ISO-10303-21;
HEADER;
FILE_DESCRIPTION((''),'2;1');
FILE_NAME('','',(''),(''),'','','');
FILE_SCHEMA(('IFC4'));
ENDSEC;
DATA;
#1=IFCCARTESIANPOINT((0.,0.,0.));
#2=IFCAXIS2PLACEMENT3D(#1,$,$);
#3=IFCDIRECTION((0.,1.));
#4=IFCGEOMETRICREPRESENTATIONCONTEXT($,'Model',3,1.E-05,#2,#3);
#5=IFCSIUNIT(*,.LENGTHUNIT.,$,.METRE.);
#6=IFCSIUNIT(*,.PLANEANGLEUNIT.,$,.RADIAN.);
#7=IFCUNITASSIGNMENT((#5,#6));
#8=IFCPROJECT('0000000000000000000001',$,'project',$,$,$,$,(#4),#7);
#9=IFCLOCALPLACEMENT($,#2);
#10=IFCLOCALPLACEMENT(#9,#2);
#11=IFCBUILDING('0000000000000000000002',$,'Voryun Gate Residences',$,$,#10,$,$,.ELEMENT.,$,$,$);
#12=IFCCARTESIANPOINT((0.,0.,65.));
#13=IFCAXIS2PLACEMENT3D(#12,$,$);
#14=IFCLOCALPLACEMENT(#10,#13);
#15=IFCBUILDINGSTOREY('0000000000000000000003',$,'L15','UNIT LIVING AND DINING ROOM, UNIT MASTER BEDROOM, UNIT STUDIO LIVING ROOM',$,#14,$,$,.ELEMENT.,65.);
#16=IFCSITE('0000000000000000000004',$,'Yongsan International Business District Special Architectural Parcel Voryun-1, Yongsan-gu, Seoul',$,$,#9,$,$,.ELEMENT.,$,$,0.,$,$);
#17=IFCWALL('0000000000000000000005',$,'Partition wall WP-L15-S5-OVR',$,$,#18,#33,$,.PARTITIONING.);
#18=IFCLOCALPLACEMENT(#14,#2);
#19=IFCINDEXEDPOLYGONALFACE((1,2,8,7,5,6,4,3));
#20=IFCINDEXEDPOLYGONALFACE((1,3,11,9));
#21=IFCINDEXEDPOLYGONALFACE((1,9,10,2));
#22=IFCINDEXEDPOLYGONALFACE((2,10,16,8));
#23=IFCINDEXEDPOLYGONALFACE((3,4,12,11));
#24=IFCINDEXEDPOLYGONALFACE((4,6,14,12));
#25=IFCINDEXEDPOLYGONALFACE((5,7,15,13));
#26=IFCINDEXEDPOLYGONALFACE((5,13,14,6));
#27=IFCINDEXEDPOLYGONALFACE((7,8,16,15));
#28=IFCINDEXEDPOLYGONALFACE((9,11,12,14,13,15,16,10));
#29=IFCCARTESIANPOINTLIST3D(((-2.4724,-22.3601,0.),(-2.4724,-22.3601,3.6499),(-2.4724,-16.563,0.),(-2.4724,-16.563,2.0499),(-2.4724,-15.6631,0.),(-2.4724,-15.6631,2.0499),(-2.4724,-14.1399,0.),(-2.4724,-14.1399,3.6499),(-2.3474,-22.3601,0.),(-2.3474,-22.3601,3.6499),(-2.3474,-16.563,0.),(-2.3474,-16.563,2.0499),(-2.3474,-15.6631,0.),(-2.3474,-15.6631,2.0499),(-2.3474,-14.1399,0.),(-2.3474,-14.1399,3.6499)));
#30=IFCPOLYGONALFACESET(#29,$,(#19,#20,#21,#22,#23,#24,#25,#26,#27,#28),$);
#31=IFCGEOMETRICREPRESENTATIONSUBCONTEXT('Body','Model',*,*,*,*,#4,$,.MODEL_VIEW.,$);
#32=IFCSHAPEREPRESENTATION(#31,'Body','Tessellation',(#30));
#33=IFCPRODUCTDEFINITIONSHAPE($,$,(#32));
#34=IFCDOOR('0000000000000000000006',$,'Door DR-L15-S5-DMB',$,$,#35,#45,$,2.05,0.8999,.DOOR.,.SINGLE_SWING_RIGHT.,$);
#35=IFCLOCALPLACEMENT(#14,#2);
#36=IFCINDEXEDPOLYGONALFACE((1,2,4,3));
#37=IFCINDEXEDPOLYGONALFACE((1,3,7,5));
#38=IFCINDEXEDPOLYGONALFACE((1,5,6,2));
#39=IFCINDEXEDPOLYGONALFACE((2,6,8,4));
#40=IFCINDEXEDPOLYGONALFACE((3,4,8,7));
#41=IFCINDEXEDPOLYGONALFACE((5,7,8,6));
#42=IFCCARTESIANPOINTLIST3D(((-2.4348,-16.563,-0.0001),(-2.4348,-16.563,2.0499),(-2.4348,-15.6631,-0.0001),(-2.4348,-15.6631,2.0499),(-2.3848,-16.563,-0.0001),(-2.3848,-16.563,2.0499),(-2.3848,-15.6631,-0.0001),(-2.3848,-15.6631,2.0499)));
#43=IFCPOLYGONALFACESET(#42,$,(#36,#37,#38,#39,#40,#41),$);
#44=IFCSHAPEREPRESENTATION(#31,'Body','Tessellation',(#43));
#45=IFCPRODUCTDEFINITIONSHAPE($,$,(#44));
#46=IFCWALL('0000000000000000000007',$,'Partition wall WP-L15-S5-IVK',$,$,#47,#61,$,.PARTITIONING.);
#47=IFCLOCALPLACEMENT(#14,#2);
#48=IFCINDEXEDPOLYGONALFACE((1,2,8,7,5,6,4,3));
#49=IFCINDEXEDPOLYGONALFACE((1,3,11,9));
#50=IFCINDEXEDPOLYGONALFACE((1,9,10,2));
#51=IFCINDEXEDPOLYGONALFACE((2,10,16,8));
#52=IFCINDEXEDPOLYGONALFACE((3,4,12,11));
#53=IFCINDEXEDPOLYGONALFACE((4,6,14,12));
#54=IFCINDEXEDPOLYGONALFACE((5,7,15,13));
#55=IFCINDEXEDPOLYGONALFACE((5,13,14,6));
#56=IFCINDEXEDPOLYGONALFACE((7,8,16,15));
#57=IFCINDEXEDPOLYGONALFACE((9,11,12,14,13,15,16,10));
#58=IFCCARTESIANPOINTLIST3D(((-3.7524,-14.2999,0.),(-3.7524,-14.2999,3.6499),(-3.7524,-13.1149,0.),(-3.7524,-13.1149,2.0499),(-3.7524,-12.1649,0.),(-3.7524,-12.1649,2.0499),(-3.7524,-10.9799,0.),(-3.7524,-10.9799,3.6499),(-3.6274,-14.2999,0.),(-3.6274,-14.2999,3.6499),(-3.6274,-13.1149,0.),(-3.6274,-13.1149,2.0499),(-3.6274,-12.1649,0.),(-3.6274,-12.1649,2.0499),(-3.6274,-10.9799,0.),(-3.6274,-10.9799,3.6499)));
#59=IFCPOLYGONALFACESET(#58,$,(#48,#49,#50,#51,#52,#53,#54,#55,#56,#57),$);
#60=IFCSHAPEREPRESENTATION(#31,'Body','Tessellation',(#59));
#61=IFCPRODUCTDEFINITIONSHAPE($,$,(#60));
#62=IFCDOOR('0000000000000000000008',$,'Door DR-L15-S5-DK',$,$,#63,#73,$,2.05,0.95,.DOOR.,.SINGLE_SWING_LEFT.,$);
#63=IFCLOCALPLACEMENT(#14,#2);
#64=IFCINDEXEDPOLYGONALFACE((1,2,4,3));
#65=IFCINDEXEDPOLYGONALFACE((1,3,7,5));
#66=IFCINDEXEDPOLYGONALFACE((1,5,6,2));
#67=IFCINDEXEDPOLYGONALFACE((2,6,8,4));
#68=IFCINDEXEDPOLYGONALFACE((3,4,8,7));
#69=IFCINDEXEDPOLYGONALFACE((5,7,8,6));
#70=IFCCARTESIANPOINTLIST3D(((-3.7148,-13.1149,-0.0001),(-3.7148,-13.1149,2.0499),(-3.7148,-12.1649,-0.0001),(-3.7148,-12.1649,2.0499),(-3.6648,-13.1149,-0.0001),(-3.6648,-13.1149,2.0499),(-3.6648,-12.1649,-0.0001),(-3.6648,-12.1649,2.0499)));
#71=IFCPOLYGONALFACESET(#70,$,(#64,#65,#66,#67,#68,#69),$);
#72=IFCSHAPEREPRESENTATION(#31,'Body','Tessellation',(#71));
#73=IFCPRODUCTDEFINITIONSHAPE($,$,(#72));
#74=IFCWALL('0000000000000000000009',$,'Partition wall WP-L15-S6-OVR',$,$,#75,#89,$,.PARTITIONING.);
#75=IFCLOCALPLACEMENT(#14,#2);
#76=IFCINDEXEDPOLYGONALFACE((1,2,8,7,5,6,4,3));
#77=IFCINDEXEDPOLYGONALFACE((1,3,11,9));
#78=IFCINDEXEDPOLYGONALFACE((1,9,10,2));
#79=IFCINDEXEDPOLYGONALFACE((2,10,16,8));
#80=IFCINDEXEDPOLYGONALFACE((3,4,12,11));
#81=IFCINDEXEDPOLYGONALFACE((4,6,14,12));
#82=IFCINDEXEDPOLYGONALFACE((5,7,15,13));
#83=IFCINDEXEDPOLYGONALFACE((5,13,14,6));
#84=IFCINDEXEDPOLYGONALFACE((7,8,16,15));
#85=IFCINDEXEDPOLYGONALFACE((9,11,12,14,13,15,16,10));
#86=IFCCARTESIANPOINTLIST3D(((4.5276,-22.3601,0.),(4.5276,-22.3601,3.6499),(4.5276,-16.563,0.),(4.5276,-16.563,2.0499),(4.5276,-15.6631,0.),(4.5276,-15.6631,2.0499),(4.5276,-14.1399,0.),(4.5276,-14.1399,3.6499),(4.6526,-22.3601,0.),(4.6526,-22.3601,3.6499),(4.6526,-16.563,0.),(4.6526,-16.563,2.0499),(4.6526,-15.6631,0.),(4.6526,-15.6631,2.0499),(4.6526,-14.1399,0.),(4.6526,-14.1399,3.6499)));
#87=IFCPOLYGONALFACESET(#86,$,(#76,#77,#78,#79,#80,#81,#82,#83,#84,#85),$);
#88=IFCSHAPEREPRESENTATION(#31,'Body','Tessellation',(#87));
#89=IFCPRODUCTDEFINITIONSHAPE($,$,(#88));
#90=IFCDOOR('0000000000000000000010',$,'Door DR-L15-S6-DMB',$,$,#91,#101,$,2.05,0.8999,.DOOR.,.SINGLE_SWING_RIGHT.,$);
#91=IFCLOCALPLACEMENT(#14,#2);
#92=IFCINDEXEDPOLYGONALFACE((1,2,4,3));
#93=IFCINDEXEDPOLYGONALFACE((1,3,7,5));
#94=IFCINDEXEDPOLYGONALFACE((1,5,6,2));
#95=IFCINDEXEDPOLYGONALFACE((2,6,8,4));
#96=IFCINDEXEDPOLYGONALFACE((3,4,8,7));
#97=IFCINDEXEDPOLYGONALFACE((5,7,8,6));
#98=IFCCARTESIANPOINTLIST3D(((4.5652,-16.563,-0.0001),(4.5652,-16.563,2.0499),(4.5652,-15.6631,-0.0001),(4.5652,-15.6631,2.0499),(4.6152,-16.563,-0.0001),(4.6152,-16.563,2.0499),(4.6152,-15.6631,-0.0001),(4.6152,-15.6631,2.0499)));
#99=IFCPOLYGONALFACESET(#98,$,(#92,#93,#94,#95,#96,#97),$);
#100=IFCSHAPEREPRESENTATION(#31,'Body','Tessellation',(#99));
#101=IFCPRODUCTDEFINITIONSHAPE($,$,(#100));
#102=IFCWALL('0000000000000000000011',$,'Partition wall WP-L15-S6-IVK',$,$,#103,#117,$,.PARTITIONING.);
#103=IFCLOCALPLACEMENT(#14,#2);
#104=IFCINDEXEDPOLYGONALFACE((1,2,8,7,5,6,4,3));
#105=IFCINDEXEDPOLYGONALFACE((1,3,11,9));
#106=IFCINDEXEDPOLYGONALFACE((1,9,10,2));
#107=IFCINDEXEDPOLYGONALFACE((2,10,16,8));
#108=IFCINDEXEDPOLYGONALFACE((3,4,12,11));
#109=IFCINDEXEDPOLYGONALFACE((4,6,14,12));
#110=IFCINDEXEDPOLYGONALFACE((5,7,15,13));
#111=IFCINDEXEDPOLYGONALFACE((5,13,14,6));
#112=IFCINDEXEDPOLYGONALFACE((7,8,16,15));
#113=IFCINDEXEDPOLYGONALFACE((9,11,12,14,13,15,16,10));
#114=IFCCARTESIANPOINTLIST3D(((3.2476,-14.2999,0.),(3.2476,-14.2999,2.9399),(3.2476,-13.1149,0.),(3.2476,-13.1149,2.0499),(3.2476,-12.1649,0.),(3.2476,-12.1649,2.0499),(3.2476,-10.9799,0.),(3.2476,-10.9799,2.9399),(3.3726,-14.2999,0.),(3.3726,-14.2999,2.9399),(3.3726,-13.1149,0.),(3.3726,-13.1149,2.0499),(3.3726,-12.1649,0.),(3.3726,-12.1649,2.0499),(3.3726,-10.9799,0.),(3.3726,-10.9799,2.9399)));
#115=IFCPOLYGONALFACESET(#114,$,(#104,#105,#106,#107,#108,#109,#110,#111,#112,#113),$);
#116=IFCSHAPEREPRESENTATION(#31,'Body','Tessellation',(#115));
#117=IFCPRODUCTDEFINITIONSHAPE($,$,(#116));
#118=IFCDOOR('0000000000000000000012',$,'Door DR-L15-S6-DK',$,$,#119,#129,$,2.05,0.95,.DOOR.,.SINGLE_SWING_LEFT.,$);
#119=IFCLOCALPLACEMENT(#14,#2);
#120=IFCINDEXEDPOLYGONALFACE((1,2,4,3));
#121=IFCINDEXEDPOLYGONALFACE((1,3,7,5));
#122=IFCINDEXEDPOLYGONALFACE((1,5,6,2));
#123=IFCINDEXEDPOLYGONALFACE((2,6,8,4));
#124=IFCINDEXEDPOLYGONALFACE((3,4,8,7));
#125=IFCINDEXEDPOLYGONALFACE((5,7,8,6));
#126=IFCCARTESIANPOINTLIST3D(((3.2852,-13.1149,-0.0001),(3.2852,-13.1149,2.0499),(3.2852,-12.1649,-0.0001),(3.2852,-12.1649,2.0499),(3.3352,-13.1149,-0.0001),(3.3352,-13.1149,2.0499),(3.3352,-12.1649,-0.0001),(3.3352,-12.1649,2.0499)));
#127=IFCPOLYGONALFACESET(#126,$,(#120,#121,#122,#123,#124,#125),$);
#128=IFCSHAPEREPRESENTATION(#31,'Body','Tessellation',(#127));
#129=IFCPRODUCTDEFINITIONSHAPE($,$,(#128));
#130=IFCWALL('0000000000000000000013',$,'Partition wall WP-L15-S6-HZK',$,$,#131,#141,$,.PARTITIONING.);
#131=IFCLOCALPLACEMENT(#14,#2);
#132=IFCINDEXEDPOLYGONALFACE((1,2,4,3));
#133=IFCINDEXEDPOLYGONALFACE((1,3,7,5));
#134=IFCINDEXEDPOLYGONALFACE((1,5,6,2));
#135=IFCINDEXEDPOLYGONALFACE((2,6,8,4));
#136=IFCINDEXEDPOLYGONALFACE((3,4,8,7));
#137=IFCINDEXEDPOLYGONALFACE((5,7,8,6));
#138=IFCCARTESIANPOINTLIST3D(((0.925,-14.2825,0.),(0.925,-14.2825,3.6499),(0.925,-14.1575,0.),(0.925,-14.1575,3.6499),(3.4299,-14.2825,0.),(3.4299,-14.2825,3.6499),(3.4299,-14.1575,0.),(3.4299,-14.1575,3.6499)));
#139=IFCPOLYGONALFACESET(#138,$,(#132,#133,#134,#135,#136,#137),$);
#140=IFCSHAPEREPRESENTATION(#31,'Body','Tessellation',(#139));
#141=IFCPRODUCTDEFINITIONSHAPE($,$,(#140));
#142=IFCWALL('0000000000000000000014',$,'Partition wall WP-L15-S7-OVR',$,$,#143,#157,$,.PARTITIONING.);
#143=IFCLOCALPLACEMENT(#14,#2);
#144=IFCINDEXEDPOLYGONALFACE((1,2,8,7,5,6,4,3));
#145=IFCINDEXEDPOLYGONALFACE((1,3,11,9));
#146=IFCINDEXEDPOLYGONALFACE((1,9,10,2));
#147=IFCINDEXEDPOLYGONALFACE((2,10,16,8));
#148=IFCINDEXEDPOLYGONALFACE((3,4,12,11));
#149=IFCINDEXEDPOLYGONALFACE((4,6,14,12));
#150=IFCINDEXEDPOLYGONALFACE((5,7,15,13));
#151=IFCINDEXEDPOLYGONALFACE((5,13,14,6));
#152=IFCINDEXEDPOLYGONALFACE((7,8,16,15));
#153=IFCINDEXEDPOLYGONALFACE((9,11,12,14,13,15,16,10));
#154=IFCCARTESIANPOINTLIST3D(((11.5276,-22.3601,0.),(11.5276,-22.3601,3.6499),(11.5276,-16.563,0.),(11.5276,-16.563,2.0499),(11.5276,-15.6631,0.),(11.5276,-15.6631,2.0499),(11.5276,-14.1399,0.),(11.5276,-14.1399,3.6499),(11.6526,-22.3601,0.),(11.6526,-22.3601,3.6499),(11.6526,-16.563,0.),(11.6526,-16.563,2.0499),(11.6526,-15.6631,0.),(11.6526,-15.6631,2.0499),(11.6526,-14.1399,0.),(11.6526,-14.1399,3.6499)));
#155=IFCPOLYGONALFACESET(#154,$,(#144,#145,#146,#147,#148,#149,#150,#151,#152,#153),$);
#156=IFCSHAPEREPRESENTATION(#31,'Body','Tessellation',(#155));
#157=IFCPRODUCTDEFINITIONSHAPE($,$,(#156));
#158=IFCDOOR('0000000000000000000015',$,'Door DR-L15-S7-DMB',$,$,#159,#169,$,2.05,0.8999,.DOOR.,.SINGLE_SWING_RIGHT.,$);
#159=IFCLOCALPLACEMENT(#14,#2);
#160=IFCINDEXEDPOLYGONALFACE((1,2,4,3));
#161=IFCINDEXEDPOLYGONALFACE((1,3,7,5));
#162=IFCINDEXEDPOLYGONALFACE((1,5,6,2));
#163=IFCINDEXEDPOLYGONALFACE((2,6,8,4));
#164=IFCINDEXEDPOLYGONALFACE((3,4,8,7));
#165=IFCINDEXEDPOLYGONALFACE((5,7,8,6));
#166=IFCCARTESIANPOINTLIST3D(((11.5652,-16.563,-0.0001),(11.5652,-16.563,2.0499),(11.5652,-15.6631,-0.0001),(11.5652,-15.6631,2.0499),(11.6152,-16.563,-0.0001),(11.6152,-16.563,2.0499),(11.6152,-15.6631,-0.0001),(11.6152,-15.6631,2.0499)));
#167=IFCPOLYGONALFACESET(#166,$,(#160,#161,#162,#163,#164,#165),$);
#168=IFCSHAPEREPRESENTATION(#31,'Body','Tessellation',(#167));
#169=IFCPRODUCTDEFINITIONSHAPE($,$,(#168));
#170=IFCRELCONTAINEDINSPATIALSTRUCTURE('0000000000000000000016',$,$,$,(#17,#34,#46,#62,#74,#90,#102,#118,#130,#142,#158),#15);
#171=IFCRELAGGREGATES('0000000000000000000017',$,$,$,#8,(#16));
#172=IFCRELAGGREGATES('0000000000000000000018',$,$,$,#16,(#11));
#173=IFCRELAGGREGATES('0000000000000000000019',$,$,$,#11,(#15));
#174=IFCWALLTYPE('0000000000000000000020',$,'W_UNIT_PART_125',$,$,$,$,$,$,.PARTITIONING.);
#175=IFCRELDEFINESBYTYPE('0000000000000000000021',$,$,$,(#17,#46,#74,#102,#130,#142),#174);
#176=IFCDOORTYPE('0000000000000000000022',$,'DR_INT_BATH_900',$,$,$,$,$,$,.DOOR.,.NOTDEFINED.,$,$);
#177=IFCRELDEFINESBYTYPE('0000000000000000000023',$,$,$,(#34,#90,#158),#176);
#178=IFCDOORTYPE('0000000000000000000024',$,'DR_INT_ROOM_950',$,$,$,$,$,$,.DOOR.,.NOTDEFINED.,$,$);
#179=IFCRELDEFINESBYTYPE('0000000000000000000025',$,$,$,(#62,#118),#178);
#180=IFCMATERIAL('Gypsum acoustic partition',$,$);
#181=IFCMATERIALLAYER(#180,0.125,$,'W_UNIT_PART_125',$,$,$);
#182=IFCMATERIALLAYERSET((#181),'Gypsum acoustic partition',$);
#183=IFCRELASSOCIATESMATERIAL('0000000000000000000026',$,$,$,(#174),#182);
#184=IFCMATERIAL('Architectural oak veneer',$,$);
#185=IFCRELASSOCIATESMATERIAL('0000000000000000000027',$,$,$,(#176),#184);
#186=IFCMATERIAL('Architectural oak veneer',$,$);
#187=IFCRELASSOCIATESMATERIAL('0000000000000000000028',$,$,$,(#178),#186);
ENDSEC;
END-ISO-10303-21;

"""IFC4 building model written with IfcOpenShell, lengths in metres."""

from ifc_helpers import new_model, si_unit, direction, frame, frame_2d, origin, place, context, subcontext, project, spatial, rectangle, extrude, material, layer, layer_set, type_object, element, fill, save


model = new_model("IFC4")

# Units and contexts
model_context = context("Model", 3, precision=1e-05, world=origin(), true_north=direction((0.0, 1.0)))
body_context = subcontext(model_context, "Body", "Model", "MODEL_VIEW")
ifc_project = project(units=[si_unit("LENGTHUNIT", "METRE"), si_unit("PLANEANGLEUNIT", "RADIAN")], contexts=[model_context])

# Site, building, storey
site_placement = place(None, origin())
site = spatial("IfcSite", under=ifc_project, at=site_placement, Name="Yongsan International Business District Special Architectural Parcel Voryun-1, Yongsan-gu, Seoul", CompositionType="ELEMENT", RefElevation=0.0)
building_placement = place(site_placement, origin())
building = spatial("IfcBuilding", under=site, at=building_placement, Name="Voryun Gate Residences", CompositionType="ELEMENT")
storey_placement = place(building_placement, frame((0.0, 0.0, 65.0)))
storey = spatial("IfcBuildingStorey", under=building, at=storey_placement, Name="L15", Description="UNIT LIVING AND DINING ROOM, UNIT MASTER BEDROOM, UNIT STUDIO LIVING ROOM", CompositionType="ELEMENT", Elevation=65.0)

# Walls, openings, doors
ifc_material_1 = material(Name="Gypsum acoustic partition")
ifc_layer_1 = layer(ifc_material_1, 0.125, Name="W_UNIT_PART_125")
ifc_layer_set_1 = layer_set([ifc_layer_1], Name="Gypsum acoustic partition")
wall_type_1 = type_object("IfcWallType", Name="W_UNIT_PART_125", PredefinedType="PARTITIONING", material=ifc_layer_set_1)
wall_1_placement = place(storey_placement, frame((-2.4099, -22.3601, 0.0), z_axis=(0.0, 0.0, 1.0), x_axis=(0.0, 1.0, 0.0)))
wall_1 = element("IfcWall", 1, at=wall_1_placement, inside=storey, type_object=wall_type_1, Name="Partition wall WP-L15-S5-OVR", PredefinedType="PARTITIONING", context=body_context, shape_type="SweptSolid", body=[
    extrude(rectangle(XDim=8.2202, YDim=0.125, at=frame_2d((4.1101, 0.0))), origin(), (0.0, 0.0, 1.0), 3.6499),
])
opening_1_placement = place(wall_1_placement, frame((5.7971, 0.0, 0.0)))
opening_1 = element("IfcOpeningElement", 2, at=opening_1_placement, cuts=wall_1, PredefinedType="OPENING", context=body_context, shape_type="SweptSolid", body=[
    extrude(rectangle(XDim=0.8999, YDim=2.05, at=frame_2d((0.45, 1.0249))), frame((0.0, 0.0725, 0.0), z_axis=(0.0, -1.0, 0.0), x_axis=(1.0, 0.0, 0.0)), (0.0, 0.0, 1.0), 0.145),
])
ifc_material_2 = material(Name="Architectural oak veneer")
door_type_1 = type_object("IfcDoorType", Name="DR_INT_BATH_900", OperationType="NOTDEFINED", PredefinedType="DOOR", material=ifc_material_2)
door_1_placement = place(opening_1_placement, origin())
door_1 = element("IfcDoor", 3, at=door_1_placement, inside=storey, type_object=door_type_1, Name="Door DR-L15-S5-DMB", OperationType="SINGLE_SWING_RIGHT", OverallHeight=2.05, OverallWidth=0.8999, PredefinedType="DOOR", context=body_context, shape_type="SweptSolid", body=[
    extrude(rectangle(XDim=0.8999, YDim=2.05, at=frame_2d((0.45, 1.0249))), frame((0.0, 0.0249, 0.0), z_axis=(0.0, -1.0, 0.0), x_axis=(1.0, 0.0, 0.0)), (0.0, 0.0, 1.0), 0.05),
])
fill(opening_1, door_1)
wall_2_placement = place(storey_placement, frame((-3.6899, -14.3, 0.0), z_axis=(0.0, 0.0, 1.0), x_axis=(0.0, 1.0, 0.0)))
wall_2 = element("IfcWall", 4, at=wall_2_placement, inside=storey, type_object=wall_type_1, Name="Partition wall WP-L15-S5-IVK", PredefinedType="PARTITIONING", context=body_context, shape_type="SweptSolid", body=[
    extrude(rectangle(XDim=3.3201, YDim=0.125, at=frame_2d((1.6602, 0.0))), origin(), (0.0, 0.0, 1.0), 3.6499),
])
opening_2_placement = place(wall_2_placement, frame((1.1851, 0.0, 0.0)))
opening_2 = element("IfcOpeningElement", 5, at=opening_2_placement, cuts=wall_2, PredefinedType="OPENING", context=body_context, shape_type="SweptSolid", body=[
    extrude(rectangle(XDim=0.95, YDim=2.05, at=frame_2d((0.4751, 1.0249))), frame((0.0, 0.0725, 0.0), z_axis=(0.0, -1.0, 0.0), x_axis=(1.0, 0.0, 0.0)), (0.0, 0.0, 1.0), 0.145),
])
ifc_material_3 = material(Name="Architectural oak veneer")
door_type_2 = type_object("IfcDoorType", Name="DR_INT_ROOM_950", OperationType="NOTDEFINED", PredefinedType="DOOR", material=ifc_material_3)
door_2_placement = place(opening_2_placement, origin())
door_2 = element("IfcDoor", 6, at=door_2_placement, inside=storey, type_object=door_type_2, Name="Door DR-L15-S5-DK", OperationType="SINGLE_SWING_LEFT", OverallHeight=2.05, OverallWidth=0.95, PredefinedType="DOOR", context=body_context, shape_type="SweptSolid", body=[
    extrude(rectangle(XDim=0.95, YDim=2.05, at=frame_2d((0.4751, 1.0249))), frame((0.0, 0.0249, 0.0), z_axis=(0.0, -1.0, 0.0), x_axis=(1.0, 0.0, 0.0)), (0.0, 0.0, 1.0), 0.05),
])
fill(opening_2, door_2)
wall_3_placement = place(storey_placement, frame((4.5901, -22.3601, 0.0), z_axis=(0.0, 0.0, 1.0), x_axis=(0.0, 1.0, 0.0)))
wall_3 = element("IfcWall", 7, at=wall_3_placement, inside=storey, type_object=wall_type_1, Name="Partition wall WP-L15-S6-OVR", PredefinedType="PARTITIONING", context=body_context, shape_type="SweptSolid", body=[
    extrude(rectangle(XDim=8.2202, YDim=0.125, at=frame_2d((4.1101, 0.0))), origin(), (0.0, 0.0, 1.0), 3.6499),
])
opening_3_placement = place(wall_3_placement, frame((5.7971, 0.0, 0.0)))
opening_3 = element("IfcOpeningElement", 8, at=opening_3_placement, cuts=wall_3, PredefinedType="OPENING", context=body_context, shape_type="SweptSolid", body=[
    extrude(rectangle(XDim=0.8999, YDim=2.05, at=frame_2d((0.45, 1.0249))), frame((0.0, 0.0725, 0.0), z_axis=(0.0, -1.0, 0.0), x_axis=(1.0, 0.0, 0.0)), (0.0, 0.0, 1.0), 0.145),
])
door_3_placement = place(opening_3_placement, origin())
door_3 = element("IfcDoor", 9, at=door_3_placement, inside=storey, type_object=door_type_1, Name="Door DR-L15-S6-DMB", OperationType="SINGLE_SWING_RIGHT", OverallHeight=2.05, OverallWidth=0.8999, PredefinedType="DOOR", context=body_context, shape_type="SweptSolid", body=[
    extrude(rectangle(XDim=0.8999, YDim=2.05, at=frame_2d((0.45, 1.0249))), frame((0.0, 0.0249, 0.0), z_axis=(0.0, -1.0, 0.0), x_axis=(1.0, 0.0, 0.0)), (0.0, 0.0, 1.0), 0.05),
])
fill(opening_3, door_3)
wall_4_placement = place(storey_placement, frame((3.3101, -14.3, 0.0), z_axis=(0.0, 0.0, 1.0), x_axis=(0.0, 1.0, 0.0)))
wall_4 = element("IfcWall", 10, at=wall_4_placement, inside=storey, type_object=wall_type_1, Name="Partition wall WP-L15-S6-IVK", PredefinedType="PARTITIONING", context=body_context, shape_type="SweptSolid", body=[
    extrude(rectangle(XDim=3.3201, YDim=0.125, at=frame_2d((1.6602, 0.0))), origin(), (0.0, 0.0, 1.0), 2.9399),
])
opening_4_placement = place(wall_4_placement, frame((1.1851, 0.0, 0.0)))
opening_4 = element("IfcOpeningElement", 11, at=opening_4_placement, cuts=wall_4, PredefinedType="OPENING", context=body_context, shape_type="SweptSolid", body=[
    extrude(rectangle(XDim=0.95, YDim=2.05, at=frame_2d((0.4751, 1.0249))), frame((0.0, 0.0725, 0.0), z_axis=(0.0, -1.0, 0.0), x_axis=(1.0, 0.0, 0.0)), (0.0, 0.0, 1.0), 0.145),
])
door_4_placement = place(opening_4_placement, origin())
door_4 = element("IfcDoor", 12, at=door_4_placement, inside=storey, type_object=door_type_2, Name="Door DR-L15-S6-DK", OperationType="SINGLE_SWING_LEFT", OverallHeight=2.05, OverallWidth=0.95, PredefinedType="DOOR", context=body_context, shape_type="SweptSolid", body=[
    extrude(rectangle(XDim=0.95, YDim=2.05, at=frame_2d((0.4751, 1.0249))), frame((0.0, 0.0249, 0.0), z_axis=(0.0, -1.0, 0.0), x_axis=(1.0, 0.0, 0.0)), (0.0, 0.0, 1.0), 0.05),
])
fill(opening_4, door_4)

# Wall
wall_5_placement = place(storey_placement, frame((0.925, -14.22, 0.0), z_axis=(0.0, 0.0, 1.0), x_axis=(1.0, 0.0, 0.0)))
element("IfcWall", 13, at=wall_5_placement, inside=storey, type_object=wall_type_1, Name="Partition wall WP-L15-S6-HZK", PredefinedType="PARTITIONING", context=body_context, shape_type="SweptSolid", body=[
    extrude(rectangle(XDim=2.5049, YDim=0.125, at=frame_2d((1.2524, 0.0))), origin(), (0.0, 0.0, 1.0), 3.6499),
])

# Wall, opening, door
wall_6_placement = place(storey_placement, frame((11.5901, -22.3601, 0.0), z_axis=(0.0, 0.0, 1.0), x_axis=(0.0, 1.0, 0.0)))
wall_6 = element("IfcWall", 14, at=wall_6_placement, inside=storey, type_object=wall_type_1, Name="Partition wall WP-L15-S7-OVR", PredefinedType="PARTITIONING", context=body_context, shape_type="SweptSolid", body=[
    extrude(rectangle(XDim=8.2202, YDim=0.125, at=frame_2d((4.1101, 0.0))), origin(), (0.0, 0.0, 1.0), 3.6499),
])
opening_5_placement = place(wall_6_placement, frame((5.7971, 0.0, 0.0)))
opening_5 = element("IfcOpeningElement", 15, at=opening_5_placement, cuts=wall_6, PredefinedType="OPENING", context=body_context, shape_type="SweptSolid", body=[
    extrude(rectangle(XDim=0.8999, YDim=2.05, at=frame_2d((0.45, 1.0249))), frame((0.0, 0.0725, 0.0), z_axis=(0.0, -1.0, 0.0), x_axis=(1.0, 0.0, 0.0)), (0.0, 0.0, 1.0), 0.145),
])
door_5_placement = place(opening_5_placement, origin())
door_5 = element("IfcDoor", 16, at=door_5_placement, inside=storey, type_object=door_type_1, Name="Door DR-L15-S7-DMB", OperationType="SINGLE_SWING_RIGHT", OverallHeight=2.05, OverallWidth=0.8999, PredefinedType="DOOR", context=body_context, shape_type="SweptSolid", body=[
    extrude(rectangle(XDim=0.8999, YDim=2.05, at=frame_2d((0.45, 1.0249))), frame((0.0, 0.0249, 0.0), z_axis=(0.0, -1.0, 0.0), x_axis=(1.0, 0.0, 0.0)), (0.0, 0.0, 1.0), 0.05),
])
fill(opening_5, door_5)

save(model, "model.ifc")
